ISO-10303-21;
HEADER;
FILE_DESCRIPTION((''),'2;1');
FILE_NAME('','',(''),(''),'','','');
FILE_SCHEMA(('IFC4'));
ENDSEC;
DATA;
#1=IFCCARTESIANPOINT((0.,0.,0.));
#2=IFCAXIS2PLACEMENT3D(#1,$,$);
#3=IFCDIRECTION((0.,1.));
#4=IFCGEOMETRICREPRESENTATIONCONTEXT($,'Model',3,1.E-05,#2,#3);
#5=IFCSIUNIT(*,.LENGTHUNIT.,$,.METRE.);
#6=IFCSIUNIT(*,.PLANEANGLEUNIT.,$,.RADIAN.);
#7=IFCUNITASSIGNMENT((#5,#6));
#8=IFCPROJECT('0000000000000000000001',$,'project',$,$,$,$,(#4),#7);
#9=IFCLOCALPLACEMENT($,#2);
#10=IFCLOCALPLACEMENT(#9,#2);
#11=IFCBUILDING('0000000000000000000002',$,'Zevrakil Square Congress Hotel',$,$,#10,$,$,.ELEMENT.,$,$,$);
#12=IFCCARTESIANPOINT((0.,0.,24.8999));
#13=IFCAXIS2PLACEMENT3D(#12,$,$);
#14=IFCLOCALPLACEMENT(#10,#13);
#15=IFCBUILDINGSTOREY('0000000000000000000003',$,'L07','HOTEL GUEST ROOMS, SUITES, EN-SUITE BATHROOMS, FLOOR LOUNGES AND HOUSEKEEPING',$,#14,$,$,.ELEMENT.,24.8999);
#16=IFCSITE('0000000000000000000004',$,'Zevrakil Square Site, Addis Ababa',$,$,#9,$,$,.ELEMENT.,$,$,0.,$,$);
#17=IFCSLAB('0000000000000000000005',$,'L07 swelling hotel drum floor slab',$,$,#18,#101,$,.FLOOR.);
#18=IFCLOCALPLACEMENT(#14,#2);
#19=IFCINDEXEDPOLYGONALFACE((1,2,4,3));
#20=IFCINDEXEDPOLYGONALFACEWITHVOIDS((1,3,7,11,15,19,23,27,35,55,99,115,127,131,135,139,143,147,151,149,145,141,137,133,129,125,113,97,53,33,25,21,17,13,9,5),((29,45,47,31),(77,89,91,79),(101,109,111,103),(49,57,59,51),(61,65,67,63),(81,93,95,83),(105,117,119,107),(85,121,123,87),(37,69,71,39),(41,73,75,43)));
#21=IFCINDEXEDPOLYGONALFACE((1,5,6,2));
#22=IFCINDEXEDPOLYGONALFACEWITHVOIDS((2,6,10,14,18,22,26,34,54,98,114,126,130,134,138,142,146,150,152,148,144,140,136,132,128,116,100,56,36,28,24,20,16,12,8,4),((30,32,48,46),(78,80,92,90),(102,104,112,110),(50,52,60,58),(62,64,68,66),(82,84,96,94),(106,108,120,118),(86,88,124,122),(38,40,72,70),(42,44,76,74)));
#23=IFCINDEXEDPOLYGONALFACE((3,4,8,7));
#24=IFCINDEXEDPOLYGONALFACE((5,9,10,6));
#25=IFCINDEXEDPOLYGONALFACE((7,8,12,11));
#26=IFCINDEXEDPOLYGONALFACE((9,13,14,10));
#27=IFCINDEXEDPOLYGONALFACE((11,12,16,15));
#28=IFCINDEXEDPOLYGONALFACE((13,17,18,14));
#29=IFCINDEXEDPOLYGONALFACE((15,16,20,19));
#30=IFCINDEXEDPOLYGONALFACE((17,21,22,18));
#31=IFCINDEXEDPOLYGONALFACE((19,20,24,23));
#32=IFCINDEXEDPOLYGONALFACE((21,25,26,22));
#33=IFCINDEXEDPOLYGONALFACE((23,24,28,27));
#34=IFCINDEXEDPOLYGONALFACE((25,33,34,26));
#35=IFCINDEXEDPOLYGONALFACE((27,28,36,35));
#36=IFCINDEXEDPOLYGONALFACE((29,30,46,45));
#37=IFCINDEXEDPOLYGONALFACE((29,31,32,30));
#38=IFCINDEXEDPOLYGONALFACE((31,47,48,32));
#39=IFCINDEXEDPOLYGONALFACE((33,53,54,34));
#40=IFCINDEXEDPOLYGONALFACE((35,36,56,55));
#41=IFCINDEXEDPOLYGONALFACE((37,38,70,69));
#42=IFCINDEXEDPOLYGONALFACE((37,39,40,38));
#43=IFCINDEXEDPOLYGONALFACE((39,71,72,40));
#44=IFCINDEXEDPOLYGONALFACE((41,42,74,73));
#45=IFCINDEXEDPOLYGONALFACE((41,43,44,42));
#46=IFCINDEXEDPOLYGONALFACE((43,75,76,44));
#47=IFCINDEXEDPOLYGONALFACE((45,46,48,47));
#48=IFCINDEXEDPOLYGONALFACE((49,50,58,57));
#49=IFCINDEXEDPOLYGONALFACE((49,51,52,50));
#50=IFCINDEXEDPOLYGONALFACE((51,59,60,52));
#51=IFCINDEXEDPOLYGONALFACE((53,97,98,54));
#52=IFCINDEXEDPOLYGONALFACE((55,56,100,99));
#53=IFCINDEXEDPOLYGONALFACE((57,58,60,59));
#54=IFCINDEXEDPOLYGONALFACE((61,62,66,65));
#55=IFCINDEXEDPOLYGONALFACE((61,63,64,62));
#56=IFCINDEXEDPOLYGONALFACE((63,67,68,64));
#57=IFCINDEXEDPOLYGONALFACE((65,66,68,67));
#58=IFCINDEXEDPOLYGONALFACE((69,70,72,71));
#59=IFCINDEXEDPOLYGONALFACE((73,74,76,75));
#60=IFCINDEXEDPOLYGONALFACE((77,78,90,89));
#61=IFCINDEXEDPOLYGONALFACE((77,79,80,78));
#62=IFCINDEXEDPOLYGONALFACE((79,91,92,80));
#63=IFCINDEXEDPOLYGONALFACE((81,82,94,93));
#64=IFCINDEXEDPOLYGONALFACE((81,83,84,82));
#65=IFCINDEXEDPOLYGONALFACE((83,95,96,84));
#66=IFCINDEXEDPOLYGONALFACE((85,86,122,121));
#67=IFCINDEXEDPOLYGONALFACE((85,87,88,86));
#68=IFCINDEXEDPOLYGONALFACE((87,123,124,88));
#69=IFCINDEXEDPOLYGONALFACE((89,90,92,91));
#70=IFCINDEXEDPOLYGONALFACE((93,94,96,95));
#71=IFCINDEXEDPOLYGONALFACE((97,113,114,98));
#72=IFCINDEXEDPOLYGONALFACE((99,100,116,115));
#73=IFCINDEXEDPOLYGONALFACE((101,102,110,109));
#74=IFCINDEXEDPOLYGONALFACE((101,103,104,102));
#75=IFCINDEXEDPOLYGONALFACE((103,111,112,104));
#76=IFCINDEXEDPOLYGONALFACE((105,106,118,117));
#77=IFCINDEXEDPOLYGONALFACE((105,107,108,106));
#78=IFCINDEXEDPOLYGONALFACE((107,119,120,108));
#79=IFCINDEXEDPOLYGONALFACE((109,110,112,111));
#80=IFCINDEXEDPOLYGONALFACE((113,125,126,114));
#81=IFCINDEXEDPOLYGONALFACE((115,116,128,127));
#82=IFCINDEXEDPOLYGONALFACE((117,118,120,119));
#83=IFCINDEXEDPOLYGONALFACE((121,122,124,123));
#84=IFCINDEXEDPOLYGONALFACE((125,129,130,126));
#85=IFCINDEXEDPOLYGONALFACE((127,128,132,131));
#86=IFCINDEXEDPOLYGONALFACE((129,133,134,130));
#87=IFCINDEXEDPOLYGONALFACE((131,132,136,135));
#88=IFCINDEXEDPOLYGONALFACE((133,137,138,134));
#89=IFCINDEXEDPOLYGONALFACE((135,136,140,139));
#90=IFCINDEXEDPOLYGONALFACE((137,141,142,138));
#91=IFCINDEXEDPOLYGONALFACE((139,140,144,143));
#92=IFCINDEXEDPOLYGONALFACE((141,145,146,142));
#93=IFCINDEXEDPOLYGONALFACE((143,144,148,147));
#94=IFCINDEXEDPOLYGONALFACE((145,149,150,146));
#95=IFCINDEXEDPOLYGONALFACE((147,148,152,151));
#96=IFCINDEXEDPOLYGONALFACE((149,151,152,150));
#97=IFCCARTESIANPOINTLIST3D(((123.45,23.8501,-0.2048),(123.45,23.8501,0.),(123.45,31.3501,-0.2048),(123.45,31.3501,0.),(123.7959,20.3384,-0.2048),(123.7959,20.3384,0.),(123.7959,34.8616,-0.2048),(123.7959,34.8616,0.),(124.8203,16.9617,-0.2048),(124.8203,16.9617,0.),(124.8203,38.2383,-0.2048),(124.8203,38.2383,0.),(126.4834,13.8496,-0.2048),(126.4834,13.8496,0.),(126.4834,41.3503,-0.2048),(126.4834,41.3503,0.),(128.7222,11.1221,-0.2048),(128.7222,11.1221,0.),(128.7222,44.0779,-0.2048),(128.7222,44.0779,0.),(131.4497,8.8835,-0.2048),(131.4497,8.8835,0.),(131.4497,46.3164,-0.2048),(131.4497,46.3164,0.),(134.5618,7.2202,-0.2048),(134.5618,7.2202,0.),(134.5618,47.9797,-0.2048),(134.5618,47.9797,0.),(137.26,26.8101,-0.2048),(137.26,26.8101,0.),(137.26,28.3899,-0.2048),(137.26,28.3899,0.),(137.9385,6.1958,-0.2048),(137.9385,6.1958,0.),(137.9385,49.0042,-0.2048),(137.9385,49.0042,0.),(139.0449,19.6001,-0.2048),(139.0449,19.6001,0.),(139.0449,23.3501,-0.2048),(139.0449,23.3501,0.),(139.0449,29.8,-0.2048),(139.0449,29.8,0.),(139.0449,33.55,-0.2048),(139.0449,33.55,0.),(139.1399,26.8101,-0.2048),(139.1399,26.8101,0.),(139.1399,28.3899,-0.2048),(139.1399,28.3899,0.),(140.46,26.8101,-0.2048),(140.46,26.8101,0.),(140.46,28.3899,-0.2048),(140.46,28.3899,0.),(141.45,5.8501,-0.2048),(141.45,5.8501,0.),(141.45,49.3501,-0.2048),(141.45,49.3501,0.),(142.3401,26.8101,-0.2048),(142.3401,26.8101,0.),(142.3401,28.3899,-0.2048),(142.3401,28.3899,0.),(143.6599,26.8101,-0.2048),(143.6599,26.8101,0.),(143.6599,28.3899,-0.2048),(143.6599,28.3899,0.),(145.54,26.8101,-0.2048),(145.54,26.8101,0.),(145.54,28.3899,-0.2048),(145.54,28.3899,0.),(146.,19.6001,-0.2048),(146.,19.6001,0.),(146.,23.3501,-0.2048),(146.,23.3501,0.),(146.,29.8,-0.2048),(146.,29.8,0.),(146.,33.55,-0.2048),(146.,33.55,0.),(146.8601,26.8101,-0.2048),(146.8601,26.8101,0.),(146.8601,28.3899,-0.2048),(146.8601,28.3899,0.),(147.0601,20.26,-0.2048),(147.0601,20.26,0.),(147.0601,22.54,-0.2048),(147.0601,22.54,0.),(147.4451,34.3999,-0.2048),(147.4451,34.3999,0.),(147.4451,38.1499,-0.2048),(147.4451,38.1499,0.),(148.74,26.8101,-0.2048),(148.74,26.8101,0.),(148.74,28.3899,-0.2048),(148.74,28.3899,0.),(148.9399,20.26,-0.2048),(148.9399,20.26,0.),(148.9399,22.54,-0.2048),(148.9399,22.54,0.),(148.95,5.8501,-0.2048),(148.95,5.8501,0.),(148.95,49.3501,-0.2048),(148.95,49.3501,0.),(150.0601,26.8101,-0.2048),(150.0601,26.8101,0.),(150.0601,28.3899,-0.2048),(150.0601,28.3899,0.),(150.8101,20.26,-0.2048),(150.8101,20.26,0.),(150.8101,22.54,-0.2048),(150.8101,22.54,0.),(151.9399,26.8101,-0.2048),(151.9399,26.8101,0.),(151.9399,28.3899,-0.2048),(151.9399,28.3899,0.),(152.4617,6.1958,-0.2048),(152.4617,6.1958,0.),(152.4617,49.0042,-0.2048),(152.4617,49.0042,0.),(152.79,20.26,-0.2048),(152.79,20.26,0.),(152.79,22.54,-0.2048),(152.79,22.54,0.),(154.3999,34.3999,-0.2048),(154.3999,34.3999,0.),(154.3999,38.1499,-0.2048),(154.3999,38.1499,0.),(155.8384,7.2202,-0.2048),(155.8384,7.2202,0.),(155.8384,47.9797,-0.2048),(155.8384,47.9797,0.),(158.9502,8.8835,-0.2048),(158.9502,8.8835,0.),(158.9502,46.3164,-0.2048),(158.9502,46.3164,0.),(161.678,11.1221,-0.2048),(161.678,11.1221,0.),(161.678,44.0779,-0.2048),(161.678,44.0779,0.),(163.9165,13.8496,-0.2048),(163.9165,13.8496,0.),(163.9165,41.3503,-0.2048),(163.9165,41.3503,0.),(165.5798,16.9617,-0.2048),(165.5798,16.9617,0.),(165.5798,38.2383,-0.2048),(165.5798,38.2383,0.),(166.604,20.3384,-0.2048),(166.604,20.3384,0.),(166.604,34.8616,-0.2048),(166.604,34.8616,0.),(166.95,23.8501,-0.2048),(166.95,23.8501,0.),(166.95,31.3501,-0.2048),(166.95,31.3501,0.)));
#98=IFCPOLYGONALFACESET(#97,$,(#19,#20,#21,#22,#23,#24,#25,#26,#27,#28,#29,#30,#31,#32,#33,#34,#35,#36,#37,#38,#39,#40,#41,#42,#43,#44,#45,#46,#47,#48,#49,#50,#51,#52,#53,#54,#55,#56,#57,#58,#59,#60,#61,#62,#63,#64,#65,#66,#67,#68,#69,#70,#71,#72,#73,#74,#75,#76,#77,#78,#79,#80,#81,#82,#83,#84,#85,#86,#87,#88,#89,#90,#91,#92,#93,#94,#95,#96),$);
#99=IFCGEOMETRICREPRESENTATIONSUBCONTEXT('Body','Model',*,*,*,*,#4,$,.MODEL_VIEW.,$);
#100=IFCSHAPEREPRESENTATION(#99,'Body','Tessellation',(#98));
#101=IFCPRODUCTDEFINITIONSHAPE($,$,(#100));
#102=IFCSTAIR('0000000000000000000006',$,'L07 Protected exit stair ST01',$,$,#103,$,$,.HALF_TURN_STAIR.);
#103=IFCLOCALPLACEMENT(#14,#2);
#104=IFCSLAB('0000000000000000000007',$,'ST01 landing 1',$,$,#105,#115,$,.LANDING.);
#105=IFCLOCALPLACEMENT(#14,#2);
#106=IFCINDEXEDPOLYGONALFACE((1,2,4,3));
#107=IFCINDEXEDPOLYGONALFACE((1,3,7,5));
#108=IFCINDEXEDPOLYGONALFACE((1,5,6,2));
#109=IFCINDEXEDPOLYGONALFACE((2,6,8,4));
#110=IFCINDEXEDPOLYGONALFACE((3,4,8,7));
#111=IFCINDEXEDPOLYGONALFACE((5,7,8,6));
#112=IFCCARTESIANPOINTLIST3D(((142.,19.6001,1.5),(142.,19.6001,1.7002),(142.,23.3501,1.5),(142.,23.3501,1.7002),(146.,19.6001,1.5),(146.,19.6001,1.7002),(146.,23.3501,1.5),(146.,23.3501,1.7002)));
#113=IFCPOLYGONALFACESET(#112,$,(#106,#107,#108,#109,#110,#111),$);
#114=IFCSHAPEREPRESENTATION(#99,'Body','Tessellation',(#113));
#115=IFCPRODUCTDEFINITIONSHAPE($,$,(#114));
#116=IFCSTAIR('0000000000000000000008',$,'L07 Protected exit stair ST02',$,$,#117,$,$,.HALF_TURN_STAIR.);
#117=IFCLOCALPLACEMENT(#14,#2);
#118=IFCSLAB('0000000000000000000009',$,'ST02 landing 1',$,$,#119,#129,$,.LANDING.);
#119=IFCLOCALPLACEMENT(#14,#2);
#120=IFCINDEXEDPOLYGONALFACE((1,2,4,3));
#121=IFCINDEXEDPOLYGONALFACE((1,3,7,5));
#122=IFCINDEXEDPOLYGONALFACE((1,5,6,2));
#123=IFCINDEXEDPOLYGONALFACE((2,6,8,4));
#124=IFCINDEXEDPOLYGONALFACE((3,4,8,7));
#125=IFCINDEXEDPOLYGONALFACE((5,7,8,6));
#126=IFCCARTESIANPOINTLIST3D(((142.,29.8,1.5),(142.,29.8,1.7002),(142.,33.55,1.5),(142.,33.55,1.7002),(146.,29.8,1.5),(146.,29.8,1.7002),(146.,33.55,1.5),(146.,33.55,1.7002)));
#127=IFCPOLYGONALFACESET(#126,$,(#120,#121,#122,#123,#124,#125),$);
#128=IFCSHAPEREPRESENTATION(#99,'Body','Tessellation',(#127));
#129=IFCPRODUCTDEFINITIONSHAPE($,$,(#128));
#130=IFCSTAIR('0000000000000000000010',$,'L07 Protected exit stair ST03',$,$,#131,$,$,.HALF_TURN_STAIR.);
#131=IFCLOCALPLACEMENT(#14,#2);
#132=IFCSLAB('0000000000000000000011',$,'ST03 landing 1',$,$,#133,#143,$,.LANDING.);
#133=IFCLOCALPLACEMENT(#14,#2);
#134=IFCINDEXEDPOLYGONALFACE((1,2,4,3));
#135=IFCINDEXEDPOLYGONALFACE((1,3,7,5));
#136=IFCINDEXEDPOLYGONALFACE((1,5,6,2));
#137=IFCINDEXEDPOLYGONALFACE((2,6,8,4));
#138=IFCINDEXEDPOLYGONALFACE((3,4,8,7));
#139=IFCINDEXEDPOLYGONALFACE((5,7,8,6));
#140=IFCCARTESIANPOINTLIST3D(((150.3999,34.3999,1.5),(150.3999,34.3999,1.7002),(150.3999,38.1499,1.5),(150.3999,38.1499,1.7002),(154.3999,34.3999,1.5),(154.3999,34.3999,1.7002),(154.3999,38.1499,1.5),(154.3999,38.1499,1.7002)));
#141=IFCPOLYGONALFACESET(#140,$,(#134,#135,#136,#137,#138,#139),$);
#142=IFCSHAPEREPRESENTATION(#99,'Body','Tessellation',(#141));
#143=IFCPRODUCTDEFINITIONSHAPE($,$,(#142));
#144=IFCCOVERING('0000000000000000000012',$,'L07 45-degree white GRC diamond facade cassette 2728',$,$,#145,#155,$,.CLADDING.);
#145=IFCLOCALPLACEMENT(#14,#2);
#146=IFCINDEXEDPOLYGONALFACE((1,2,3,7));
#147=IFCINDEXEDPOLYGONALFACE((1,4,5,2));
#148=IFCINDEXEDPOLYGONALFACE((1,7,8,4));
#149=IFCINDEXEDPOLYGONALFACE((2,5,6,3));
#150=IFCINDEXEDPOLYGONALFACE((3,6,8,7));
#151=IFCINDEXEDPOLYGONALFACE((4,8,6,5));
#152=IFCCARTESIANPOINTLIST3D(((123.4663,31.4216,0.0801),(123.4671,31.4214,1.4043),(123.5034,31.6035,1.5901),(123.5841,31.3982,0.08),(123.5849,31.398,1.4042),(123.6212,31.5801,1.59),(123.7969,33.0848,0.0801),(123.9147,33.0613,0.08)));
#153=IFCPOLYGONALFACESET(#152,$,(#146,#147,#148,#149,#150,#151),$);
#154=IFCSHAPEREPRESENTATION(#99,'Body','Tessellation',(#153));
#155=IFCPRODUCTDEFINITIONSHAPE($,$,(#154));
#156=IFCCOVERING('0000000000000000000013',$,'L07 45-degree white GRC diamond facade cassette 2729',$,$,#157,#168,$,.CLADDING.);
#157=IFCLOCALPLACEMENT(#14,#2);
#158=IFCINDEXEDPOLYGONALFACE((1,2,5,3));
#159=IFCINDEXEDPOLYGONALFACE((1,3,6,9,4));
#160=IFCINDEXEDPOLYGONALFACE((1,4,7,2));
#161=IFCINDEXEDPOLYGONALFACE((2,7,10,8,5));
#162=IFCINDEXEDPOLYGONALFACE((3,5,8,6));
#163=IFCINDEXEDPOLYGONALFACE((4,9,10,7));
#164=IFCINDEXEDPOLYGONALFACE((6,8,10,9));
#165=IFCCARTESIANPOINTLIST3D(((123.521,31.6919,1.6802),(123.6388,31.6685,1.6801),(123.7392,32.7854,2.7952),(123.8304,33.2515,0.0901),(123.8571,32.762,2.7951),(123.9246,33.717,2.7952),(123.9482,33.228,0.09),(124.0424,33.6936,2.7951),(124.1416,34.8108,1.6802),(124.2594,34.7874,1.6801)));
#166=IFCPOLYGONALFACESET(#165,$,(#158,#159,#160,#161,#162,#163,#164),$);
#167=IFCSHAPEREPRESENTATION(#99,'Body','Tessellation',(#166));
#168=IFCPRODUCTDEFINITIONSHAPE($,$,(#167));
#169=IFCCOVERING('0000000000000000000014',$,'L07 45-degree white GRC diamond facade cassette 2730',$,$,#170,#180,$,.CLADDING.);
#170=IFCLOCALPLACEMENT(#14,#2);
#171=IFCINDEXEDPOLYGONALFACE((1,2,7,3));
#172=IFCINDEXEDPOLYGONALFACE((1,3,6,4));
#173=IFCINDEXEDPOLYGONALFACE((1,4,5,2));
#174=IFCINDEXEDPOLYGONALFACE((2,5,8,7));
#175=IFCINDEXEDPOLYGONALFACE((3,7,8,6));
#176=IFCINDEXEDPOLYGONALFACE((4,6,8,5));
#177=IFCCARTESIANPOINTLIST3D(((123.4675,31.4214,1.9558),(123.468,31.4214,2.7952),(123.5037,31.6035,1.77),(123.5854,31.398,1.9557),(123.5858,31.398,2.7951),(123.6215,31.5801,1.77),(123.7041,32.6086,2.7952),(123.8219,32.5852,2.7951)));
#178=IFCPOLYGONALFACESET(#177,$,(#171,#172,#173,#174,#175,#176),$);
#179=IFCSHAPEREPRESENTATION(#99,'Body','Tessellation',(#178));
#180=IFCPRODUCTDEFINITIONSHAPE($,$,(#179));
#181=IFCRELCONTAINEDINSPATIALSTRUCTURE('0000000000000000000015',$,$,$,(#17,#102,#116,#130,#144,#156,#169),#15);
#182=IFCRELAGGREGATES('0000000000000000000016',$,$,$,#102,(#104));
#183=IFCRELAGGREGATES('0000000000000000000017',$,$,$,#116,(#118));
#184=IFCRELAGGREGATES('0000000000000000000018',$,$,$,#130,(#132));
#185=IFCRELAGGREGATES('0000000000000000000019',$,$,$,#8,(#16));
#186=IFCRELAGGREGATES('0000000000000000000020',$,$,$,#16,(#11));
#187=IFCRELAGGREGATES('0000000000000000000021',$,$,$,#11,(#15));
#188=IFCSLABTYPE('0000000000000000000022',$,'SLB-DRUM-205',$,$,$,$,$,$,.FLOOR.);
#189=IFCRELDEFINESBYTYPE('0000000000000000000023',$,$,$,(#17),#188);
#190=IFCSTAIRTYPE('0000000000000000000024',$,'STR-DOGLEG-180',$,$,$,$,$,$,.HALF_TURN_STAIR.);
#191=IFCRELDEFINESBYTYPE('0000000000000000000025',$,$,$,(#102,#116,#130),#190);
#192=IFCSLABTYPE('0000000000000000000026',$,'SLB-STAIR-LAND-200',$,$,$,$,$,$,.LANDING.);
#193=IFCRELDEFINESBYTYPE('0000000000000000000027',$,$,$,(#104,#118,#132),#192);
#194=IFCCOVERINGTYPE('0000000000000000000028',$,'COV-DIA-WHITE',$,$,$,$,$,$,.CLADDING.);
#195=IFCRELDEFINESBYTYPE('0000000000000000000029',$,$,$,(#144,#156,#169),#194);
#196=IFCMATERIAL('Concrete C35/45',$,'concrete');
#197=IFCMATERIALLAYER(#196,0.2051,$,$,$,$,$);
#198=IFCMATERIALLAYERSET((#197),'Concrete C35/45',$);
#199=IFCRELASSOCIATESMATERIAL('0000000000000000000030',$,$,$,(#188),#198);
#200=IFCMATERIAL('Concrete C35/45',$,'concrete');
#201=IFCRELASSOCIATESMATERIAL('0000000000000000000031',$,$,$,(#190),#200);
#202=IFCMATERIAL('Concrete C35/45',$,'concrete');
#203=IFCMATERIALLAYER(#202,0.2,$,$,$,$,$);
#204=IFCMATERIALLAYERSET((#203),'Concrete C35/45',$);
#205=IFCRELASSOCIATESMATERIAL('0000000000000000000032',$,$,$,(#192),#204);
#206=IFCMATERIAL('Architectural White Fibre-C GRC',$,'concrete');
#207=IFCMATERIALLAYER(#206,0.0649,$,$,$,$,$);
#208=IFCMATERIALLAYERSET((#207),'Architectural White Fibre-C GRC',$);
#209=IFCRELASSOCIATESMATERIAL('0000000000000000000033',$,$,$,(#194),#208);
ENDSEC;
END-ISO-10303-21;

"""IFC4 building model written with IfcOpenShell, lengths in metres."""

from ifc_helpers import new_model, si_unit, direction, frame, origin, place, context, subcontext, project, spatial, polyline, outline, extrude, material, layer, layer_set, type_object, element, aggregate, save


model = new_model("IFC4")

# Units and contexts
model_context = context("Model", 3, precision=1e-05, world=origin(), true_north=direction((0.0, 1.0)))
body_context = subcontext(model_context, "Body", "Model", "MODEL_VIEW")
ifc_project = project(units=[si_unit("LENGTHUNIT", "METRE"), si_unit("PLANEANGLEUNIT", "RADIAN")], contexts=[model_context])

# Site, building, storey
site_placement = place(None, origin())
site = spatial("IfcSite", under=ifc_project, at=site_placement, Name="Zevrakil Square Site, Addis Ababa", CompositionType="ELEMENT", RefElevation=0.0)
building_placement = place(site_placement, origin())
building = spatial("IfcBuilding", under=site, at=building_placement, Name="Zevrakil Square Congress Hotel", CompositionType="ELEMENT")
storey_placement = place(building_placement, frame((0.0, 0.0, 24.8999)))
storey = spatial("IfcBuildingStorey", under=building, at=storey_placement, Name="L07", Description="HOTEL GUEST ROOMS, SUITES, EN-SUITE BATHROOMS, FLOOR LOUNGES AND HOUSEKEEPING", CompositionType="ELEMENT", Elevation=24.8999)

# Slab
ifc_material_1 = material(Name="Concrete C35/45", Category="concrete")
ifc_layer_1 = layer(ifc_material_1, 0.2051)
ifc_layer_set_1 = layer_set([ifc_layer_1], Name="Concrete C35/45")
slab_type_1 = type_object("IfcSlabType", Name="SLB-DRUM-205", PredefinedType="FLOOR", material=ifc_layer_set_1)
slab_1_placement = place(storey_placement, frame((0.0, 0.0, -0.2048)))
element("IfcSlab", 1, at=slab_1_placement, inside=storey, type_object=slab_type_1, Name="L07 swelling hotel drum floor slab", PredefinedType="FLOOR", context=body_context, shape_type="SweptSolid", body=[
    extrude(outline(polyline([(148.95, 5.8501), (152.4617, 6.1958), (155.8384, 7.2202), (158.9502, 8.8835), (161.678, 11.1221), (163.9165, 13.8496), (165.5798, 16.9617), (166.604, 20.3384), (166.95, 23.8501), (166.95, 31.3501), (166.604, 34.8616), (165.5798, 38.2383), (163.9165, 41.3503), (161.678, 44.0779), (158.9502, 46.3164), (155.8384, 47.9797), (152.4617, 49.0042), (148.95, 49.3501), (141.45, 49.3501), (137.9385, 49.0042), (134.5618, 47.9797), (131.4497, 46.3164), (128.7222, 44.0779), (126.4834, 41.3503), (124.8203, 38.2383), (123.7959, 34.8616), (123.45, 31.3501), (123.45, 23.8501), (123.7959, 20.3384), (124.8203, 16.9617), (126.4834, 13.8496), (128.7222, 11.1221), (131.4497, 8.8835), (134.5618, 7.2202), (137.9385, 6.1958), (141.45, 5.8501), (148.95, 5.8501)]), holes=[polyline([(139.0449, 19.6001), (146.0, 19.6001), (146.0, 23.3501), (139.0449, 23.3501), (139.0449, 19.6001)]), polyline([(139.0449, 29.8), (146.0, 29.8), (146.0, 33.55), (139.0449, 33.55), (139.0449, 29.8)]), polyline([(147.4451, 34.3999), (154.3999, 34.3999), (154.3999, 38.1499), (147.4451, 38.1499), (147.4451, 34.3999)]), polyline([(137.26, 26.8101), (139.1399, 26.8101), (139.1399, 28.3899), (137.26, 28.3899), (137.26, 26.8101)]), polyline([(140.46, 26.8101), (142.3401, 26.8101), (142.3401, 28.3899), (140.46, 28.3899), (140.46, 26.8101)]), polyline([(143.6599, 26.8101), (145.54, 26.8101), (145.54, 28.3899), (143.6599, 28.3899), (143.6599, 26.8101)]), polyline([(146.8601, 26.8101), (148.74, 26.8101), (148.74, 28.3899), (146.8601, 28.3899), (146.8601, 26.8101)]), polyline([(150.0601, 26.8101), (151.9399, 26.8101), (151.9399, 28.3899), (150.0601, 28.3899), (150.0601, 26.8101)]), polyline([(147.0601, 20.26), (148.9399, 20.26), (148.9399, 22.54), (147.0601, 22.54), (147.0601, 20.26)]), polyline([(150.8101, 20.26), (152.79, 20.26), (152.79, 22.54), (150.8101, 22.54), (150.8101, 20.26)])]), origin(), (0.0, 0.0, 1.0), 0.2048),
])

# Stairs, slabs
ifc_material_2 = material(Name="Concrete C35/45", Category="concrete")
stair_type = type_object("IfcStairType", Name="STR-DOGLEG-180", PredefinedType="HALF_TURN_STAIR", material=ifc_material_2)
stair_1_placement = place(storey_placement, origin())
stair_1 = element("IfcStair", 2, at=stair_1_placement, inside=storey, type_object=stair_type, Name="L07 Protected exit stair ST01", PredefinedType="HALF_TURN_STAIR")
ifc_material_3 = material(Name="Concrete C35/45", Category="concrete")
ifc_layer_2 = layer(ifc_material_3, 0.2)
ifc_layer_set_2 = layer_set([ifc_layer_2], Name="Concrete C35/45")
slab_type_2 = type_object("IfcSlabType", Name="SLB-STAIR-LAND-200", PredefinedType="LANDING", material=ifc_layer_set_2)
slab_2_placement = place(storey_placement, frame((0.0, 0.0, 1.5)))
slab_2 = element("IfcSlab", 3, at=slab_2_placement, type_object=slab_type_2, Name="ST01 landing 1", PredefinedType="LANDING", context=body_context, shape_type="SweptSolid", body=[
    extrude(outline(polyline([(142.0, 19.6001), (146.0, 19.6001), (146.0, 23.3501), (142.0, 23.3501), (142.0, 19.6001)])), origin(), (0.0, 0.0, 1.0), 0.2002),
])
aggregate(stair_1, [slab_2])
stair_2_placement = place(storey_placement, origin())
stair_2 = element("IfcStair", 4, at=stair_2_placement, inside=storey, type_object=stair_type, Name="L07 Protected exit stair ST02", PredefinedType="HALF_TURN_STAIR")
slab_3_placement = place(storey_placement, frame((0.0, 0.0, 1.5)))
slab_3 = element("IfcSlab", 5, at=slab_3_placement, type_object=slab_type_2, Name="ST02 landing 1", PredefinedType="LANDING", context=body_context, shape_type="SweptSolid", body=[
    extrude(outline(polyline([(142.0, 29.8), (146.0, 29.8), (146.0, 33.55), (142.0, 33.55), (142.0, 29.8)])), origin(), (0.0, 0.0, 1.0), 0.2002),
])
aggregate(stair_2, [slab_3])
stair_3_placement = place(storey_placement, origin())
stair_3 = element("IfcStair", 6, at=stair_3_placement, inside=storey, type_object=stair_type, Name="L07 Protected exit stair ST03", PredefinedType="HALF_TURN_STAIR")
slab_4_placement = place(storey_placement, frame((0.0, 0.0, 1.5)))
slab_4 = element("IfcSlab", 7, at=slab_4_placement, type_object=slab_type_2, Name="ST03 landing 1", PredefinedType="LANDING", context=body_context, shape_type="SweptSolid", body=[
    extrude(outline(polyline([(150.3999, 34.3999), (154.3999, 34.3999), (154.3999, 38.1499), (150.3999, 38.1499), (150.3999, 34.3999)])), origin(), (0.0, 0.0, 1.0), 0.2002),
])
aggregate(stair_3, [slab_4])

# Coverings
ifc_material_4 = material(Name="Architectural White Fibre-C GRC", Category="concrete")
ifc_layer_3 = layer(ifc_material_4, 0.0649)
ifc_layer_set_3 = layer_set([ifc_layer_3], Name="Architectural White Fibre-C GRC")
covering_type_1 = type_object("IfcCoveringType", Name="COV-DIA-WHITE", PredefinedType="CLADDING", material=ifc_layer_set_3)
covering_1_placement = place(storey_placement, frame((123.5034, 31.6035, 1.5901), z_axis=(-0.980806, 0.194983, 0.000618), x_axis=(-0.138261, -0.69324, -0.707321)))
element("IfcCovering", 8, at=covering_1_placement, inside=storey, type_object=covering_type_1, Name="L07 45-degree white GRC diamond facade cassette 2728", PredefinedType="CLADDING", context=body_context, shape_type="SweptSolid", body=[
    extrude(outline(polyline([(0.0, 0.0), (0.2627, 0.0), (1.1993, -0.9361), (0.0006, -2.1355), (0.0, 0.0)])), origin(), (0.0, 0.0, -1.0), 0.1201),
])
covering_2_placement = place(storey_placement, frame((123.521, 31.6919, 1.6802), z_axis=(-0.980774, 0.195148, 0.000589), x_axis=(0.137576, 0.693563, -0.707137)))
element("IfcCovering", 9, at=covering_2_placement, inside=storey, type_object=covering_type_1, Name="L07 45-degree white GRC diamond facade cassette 2729", PredefinedType="CLADDING", context=body_context, shape_type="SweptSolid", body=[
    extrude(outline(polyline([(0.0, 0.0), (2.2486, 0.0), (2.2485, -2.2487), (0.6716, -2.2486), (0.0, -1.5769), (0.0, 0.0)])), origin(), (0.0, 0.0, -1.0), 0.1201),
])
covering_3_placement = place(storey_placement, frame((123.5037, 31.6035, 1.77), z_axis=(-0.980794, 0.195044, 0.000549), x_axis=(0.138283, 0.693373, 0.707186)))
element("IfcCovering", 10, at=covering_3_placement, inside=storey, type_object=covering_type_1, Name="L07 45-degree white GRC diamond facade cassette 2730", PredefinedType="CLADDING", context=body_context, shape_type="SweptSolid", body=[
    extrude(outline(polyline([(0.0, 0.0), (1.4496, 0.0), (0.5938, -0.856), (0.0001, -0.2627), (0.0, 0.0)])), origin(), (0.0, 0.0, -1.0), 0.1201),
])

save(model, "model.ifc")
